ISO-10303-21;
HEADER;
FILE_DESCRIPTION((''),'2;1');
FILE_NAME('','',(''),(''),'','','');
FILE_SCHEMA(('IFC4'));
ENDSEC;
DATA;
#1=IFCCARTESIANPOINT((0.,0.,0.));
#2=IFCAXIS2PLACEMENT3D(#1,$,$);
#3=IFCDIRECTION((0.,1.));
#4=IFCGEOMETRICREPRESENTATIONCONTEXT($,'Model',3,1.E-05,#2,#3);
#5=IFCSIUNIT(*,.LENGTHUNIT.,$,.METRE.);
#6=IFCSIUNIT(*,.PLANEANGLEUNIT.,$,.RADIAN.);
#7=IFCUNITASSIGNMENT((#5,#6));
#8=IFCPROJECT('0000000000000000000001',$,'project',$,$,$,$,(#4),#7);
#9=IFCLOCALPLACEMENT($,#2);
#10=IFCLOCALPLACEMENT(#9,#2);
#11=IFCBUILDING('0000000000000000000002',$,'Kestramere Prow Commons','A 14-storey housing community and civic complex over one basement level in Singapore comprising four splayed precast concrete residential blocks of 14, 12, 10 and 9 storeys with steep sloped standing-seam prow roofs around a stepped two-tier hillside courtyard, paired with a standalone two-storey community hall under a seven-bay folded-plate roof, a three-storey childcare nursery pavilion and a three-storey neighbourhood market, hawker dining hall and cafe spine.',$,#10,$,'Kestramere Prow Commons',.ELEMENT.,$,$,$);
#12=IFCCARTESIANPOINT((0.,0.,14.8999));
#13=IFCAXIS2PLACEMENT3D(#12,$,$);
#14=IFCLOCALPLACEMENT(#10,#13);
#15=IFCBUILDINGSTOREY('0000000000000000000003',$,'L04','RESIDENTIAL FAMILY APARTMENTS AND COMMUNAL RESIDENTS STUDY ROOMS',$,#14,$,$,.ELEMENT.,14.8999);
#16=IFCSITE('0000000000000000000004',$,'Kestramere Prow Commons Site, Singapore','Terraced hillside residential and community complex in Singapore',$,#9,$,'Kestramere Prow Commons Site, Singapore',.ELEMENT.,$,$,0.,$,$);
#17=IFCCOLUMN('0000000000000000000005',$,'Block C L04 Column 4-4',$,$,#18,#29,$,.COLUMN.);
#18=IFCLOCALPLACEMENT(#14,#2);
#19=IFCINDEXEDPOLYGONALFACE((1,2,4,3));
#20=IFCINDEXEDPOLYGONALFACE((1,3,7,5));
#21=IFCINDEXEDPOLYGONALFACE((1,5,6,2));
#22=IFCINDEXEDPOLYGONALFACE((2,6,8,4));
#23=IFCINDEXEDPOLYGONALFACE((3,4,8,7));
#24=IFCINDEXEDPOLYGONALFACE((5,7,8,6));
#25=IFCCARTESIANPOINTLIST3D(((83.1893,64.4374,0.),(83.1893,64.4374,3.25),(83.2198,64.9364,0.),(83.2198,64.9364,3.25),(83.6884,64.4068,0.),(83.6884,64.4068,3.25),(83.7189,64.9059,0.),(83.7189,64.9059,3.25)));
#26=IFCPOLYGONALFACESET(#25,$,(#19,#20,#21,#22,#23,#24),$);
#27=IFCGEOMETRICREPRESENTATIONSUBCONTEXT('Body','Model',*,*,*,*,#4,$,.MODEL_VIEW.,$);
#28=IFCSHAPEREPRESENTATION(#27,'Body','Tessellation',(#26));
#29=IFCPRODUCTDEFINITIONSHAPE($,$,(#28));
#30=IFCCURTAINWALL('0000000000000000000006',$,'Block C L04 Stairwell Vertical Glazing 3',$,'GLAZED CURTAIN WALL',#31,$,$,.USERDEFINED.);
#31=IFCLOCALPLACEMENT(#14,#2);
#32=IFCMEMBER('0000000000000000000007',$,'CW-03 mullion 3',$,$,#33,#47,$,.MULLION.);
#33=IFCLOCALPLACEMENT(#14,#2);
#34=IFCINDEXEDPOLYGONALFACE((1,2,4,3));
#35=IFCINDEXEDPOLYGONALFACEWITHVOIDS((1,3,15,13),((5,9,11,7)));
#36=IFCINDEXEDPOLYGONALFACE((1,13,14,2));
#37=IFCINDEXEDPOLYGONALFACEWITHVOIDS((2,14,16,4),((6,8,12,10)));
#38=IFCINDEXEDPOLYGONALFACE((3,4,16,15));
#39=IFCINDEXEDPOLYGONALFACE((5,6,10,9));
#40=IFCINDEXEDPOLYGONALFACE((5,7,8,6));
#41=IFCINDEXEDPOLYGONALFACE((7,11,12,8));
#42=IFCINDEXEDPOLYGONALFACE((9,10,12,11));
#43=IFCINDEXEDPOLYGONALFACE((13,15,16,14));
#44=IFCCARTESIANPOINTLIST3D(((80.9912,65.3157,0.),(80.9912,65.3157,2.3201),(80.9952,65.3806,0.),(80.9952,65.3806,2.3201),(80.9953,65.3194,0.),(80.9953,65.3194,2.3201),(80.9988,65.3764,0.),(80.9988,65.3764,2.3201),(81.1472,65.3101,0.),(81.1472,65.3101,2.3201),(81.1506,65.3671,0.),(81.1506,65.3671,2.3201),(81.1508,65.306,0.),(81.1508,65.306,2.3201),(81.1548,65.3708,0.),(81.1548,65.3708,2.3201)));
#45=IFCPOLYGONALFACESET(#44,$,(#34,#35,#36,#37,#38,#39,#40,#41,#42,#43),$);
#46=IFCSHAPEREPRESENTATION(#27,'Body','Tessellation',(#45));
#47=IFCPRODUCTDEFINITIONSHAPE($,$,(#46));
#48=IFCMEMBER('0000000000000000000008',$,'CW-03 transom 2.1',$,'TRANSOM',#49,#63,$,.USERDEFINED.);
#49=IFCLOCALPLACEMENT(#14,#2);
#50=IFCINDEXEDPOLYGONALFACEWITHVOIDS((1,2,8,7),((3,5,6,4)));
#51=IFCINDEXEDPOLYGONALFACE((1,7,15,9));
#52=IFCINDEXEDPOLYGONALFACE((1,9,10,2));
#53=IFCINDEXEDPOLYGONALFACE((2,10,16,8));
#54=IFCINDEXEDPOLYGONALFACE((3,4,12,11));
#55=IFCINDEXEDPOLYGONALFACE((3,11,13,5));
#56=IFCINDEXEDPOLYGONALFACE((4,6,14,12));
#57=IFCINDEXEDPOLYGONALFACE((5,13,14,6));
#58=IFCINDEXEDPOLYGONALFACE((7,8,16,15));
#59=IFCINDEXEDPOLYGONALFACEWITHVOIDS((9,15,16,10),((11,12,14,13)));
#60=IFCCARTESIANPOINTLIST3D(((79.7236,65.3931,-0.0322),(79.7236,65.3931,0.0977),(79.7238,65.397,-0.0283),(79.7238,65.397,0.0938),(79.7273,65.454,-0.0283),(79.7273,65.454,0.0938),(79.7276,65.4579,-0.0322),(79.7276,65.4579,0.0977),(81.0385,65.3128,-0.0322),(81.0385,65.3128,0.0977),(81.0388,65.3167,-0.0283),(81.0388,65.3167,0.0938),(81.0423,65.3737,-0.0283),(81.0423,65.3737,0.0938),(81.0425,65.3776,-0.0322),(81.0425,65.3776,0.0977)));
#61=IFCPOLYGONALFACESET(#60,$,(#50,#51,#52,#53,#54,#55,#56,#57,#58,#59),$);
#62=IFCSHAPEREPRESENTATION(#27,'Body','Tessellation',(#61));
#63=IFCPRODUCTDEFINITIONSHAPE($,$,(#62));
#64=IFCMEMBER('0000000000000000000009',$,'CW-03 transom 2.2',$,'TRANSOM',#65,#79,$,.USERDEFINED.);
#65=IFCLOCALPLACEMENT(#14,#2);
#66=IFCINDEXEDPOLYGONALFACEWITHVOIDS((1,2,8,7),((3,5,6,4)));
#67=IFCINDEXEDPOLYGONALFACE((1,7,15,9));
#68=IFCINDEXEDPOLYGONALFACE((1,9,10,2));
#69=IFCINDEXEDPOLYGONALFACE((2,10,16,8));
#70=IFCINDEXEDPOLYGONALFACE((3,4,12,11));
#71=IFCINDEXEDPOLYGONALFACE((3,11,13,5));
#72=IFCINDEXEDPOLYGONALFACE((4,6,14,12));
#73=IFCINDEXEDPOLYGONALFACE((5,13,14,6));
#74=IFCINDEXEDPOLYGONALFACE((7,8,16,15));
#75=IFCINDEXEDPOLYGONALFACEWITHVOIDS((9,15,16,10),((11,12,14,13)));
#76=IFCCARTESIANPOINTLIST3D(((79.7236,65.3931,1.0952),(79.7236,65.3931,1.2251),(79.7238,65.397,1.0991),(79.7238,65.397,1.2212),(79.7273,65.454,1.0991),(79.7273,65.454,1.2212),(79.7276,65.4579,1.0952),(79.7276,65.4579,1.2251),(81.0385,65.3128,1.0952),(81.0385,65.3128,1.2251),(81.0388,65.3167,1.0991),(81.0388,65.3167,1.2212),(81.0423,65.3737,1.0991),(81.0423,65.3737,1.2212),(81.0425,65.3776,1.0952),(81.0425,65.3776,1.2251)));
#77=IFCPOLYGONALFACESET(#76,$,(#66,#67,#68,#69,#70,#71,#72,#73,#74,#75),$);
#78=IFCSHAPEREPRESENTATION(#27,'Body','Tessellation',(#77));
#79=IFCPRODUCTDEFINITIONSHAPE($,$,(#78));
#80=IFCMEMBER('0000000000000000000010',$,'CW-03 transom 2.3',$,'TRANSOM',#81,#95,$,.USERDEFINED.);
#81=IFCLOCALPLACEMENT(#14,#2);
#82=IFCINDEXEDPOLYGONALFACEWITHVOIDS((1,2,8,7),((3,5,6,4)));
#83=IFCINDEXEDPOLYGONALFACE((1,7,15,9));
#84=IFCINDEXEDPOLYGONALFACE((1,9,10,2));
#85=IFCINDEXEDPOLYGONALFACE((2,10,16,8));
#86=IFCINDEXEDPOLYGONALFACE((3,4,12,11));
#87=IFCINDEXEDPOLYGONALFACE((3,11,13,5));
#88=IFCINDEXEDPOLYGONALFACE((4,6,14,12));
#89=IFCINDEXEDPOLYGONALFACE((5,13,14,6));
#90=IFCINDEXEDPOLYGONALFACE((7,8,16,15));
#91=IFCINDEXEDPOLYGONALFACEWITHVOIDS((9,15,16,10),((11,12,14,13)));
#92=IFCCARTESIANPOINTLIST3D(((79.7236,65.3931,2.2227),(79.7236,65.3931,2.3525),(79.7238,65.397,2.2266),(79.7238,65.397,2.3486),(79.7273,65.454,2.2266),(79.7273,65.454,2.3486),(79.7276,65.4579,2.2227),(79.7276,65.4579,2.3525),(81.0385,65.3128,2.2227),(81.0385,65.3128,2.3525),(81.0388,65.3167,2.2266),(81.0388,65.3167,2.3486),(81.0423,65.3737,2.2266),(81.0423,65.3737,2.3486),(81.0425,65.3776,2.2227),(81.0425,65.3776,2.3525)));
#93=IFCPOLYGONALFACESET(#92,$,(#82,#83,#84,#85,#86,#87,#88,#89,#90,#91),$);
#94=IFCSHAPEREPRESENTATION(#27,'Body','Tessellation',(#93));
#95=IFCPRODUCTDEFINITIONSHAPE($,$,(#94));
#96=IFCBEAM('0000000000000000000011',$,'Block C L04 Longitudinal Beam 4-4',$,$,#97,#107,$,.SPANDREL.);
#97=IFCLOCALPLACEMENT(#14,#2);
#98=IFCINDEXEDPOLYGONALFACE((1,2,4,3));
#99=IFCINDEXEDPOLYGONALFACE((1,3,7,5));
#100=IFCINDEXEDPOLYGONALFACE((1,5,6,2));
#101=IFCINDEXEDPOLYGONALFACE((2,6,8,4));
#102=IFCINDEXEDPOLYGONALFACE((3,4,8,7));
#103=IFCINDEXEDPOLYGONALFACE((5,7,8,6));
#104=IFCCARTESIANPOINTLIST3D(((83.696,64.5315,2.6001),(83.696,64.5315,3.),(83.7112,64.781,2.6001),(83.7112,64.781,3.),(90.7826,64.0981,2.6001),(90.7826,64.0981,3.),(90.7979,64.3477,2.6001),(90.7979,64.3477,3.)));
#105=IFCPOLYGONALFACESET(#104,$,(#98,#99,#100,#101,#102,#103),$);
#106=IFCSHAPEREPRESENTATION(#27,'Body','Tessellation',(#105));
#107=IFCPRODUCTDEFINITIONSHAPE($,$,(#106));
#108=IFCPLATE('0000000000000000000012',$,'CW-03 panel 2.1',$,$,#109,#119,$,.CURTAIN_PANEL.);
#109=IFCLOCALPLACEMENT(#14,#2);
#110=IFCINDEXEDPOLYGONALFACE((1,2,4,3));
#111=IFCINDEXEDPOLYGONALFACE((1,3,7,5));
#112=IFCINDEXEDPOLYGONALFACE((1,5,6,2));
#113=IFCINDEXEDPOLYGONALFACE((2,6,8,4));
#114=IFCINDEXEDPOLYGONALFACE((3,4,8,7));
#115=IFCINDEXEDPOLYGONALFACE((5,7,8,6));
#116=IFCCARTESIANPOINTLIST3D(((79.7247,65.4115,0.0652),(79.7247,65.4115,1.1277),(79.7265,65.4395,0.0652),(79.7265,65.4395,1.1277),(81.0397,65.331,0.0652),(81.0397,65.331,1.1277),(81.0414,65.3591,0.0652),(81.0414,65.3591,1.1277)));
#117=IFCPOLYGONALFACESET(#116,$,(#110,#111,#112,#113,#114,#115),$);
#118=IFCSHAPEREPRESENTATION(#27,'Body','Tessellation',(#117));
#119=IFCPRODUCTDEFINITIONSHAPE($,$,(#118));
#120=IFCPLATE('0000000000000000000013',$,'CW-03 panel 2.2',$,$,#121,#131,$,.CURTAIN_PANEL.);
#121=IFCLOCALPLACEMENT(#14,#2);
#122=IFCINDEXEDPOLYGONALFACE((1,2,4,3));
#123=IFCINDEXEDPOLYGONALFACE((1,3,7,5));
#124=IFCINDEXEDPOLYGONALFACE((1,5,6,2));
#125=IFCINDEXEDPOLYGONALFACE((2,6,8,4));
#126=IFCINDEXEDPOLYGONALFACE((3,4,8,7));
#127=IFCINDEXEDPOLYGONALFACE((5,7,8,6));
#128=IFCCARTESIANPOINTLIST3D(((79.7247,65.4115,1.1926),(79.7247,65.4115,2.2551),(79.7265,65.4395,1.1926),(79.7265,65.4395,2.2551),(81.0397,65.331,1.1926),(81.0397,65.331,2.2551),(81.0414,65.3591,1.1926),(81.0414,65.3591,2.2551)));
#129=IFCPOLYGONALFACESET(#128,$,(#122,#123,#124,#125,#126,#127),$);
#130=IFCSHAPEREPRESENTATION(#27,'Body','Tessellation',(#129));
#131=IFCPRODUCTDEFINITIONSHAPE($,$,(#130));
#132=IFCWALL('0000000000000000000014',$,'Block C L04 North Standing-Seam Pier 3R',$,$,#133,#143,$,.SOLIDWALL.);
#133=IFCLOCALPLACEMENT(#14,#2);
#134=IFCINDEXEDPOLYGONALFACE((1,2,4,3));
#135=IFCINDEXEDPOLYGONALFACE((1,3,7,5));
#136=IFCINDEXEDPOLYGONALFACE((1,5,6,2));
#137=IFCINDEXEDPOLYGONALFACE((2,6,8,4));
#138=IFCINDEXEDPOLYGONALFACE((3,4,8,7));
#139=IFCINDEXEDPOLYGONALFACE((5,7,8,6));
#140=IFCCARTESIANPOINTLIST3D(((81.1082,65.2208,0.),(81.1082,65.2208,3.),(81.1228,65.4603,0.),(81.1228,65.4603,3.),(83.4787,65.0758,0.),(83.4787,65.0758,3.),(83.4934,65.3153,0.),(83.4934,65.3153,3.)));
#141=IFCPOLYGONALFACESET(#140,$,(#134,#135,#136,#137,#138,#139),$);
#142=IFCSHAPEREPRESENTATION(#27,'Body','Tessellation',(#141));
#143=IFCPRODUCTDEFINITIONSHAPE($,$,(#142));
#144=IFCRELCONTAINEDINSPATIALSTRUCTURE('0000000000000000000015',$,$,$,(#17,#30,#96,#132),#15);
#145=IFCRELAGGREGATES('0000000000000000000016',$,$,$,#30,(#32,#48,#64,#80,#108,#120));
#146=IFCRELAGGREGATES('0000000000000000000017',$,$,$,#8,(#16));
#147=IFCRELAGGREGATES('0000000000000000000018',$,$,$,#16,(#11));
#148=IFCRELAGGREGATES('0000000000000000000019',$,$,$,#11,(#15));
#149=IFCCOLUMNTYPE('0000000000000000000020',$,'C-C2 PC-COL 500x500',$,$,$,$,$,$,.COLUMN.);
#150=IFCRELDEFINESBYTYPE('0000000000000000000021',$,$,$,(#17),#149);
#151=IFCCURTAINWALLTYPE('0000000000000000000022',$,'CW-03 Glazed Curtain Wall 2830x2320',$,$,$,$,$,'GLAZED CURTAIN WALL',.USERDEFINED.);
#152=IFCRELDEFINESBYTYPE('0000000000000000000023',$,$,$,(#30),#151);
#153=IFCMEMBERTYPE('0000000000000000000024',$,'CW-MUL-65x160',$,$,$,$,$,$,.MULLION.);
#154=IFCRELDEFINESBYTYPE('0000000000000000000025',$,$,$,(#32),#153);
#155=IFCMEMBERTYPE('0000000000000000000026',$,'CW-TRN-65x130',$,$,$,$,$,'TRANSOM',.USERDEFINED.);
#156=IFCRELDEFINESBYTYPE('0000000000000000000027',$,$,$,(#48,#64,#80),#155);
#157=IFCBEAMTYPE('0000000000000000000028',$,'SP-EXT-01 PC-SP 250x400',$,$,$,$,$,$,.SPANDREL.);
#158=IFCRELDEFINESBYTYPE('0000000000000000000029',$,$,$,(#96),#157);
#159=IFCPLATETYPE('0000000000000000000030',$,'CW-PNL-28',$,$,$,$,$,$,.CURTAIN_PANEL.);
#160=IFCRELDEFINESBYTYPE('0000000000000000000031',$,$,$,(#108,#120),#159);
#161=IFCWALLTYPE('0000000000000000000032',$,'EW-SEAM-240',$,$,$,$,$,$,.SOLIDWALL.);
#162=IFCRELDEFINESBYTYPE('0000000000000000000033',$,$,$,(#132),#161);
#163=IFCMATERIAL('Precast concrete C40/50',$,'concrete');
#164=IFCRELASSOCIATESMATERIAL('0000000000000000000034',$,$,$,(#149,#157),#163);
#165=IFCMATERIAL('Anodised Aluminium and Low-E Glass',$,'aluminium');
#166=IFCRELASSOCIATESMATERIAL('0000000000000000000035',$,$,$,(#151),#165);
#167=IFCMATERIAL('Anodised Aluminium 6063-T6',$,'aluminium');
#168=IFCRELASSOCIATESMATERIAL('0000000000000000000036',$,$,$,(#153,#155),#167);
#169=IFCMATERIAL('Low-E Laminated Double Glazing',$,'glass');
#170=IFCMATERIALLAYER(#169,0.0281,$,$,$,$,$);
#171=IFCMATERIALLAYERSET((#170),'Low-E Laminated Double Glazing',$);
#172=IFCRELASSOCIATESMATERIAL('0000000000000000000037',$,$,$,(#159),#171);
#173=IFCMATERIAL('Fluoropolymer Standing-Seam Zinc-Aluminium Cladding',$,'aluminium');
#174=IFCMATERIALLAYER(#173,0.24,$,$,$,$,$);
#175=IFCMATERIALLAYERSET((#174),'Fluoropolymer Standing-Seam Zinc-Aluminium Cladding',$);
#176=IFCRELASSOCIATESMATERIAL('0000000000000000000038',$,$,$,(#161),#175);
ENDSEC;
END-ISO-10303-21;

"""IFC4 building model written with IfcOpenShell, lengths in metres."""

from ifc_helpers import new_model, si_unit, direction, frame, frame_2d, origin, origin_2d, place, context, subcontext, project, spatial, rectangle, hollow_rectangle, extrude, material, layer, layer_set, material_profile, profile_set, type_object, element, aggregate, save


model = new_model("IFC4")

# Units and contexts
model_context = context("Model", 3, precision=1e-05, world=origin(), true_north=direction((0.0, 1.0)))
body_context = subcontext(model_context, "Body", "Model", "MODEL_VIEW")
ifc_project = project(units=[si_unit("LENGTHUNIT", "METRE"), si_unit("PLANEANGLEUNIT", "RADIAN")], contexts=[model_context])

# Site, building, storey
site_placement = place(None, origin())
site = spatial("IfcSite", under=ifc_project, at=site_placement, Name="Kestramere Prow Commons Site, Singapore", Description="Terraced hillside residential and community complex in Singapore", LongName="Kestramere Prow Commons Site, Singapore", CompositionType="ELEMENT", RefElevation=0.0)
building_placement = place(site_placement, origin())
building = spatial("IfcBuilding", under=site, at=building_placement, Name="Kestramere Prow Commons", Description="A 14-storey housing community and civic complex over one basement level in Singapore comprising four splayed precast concrete residential blocks of 14, 12, 10 and 9 storeys with steep sloped standing-seam prow roofs around a stepped two-tier hillside courtyard, paired with a standalone two-storey community hall under a seven-bay folded-plate roof, a three-storey childcare nursery pavilion and a three-storey neighbourhood market, hawker dining hall and cafe spine.", LongName="Kestramere Prow Commons", CompositionType="ELEMENT")
storey_placement = place(building_placement, frame((0.0, 0.0, 14.8999)))
storey = spatial("IfcBuildingStorey", under=building, at=storey_placement, Name="L04", Description="RESIDENTIAL FAMILY APARTMENTS AND COMMUNAL RESIDENTS STUDY ROOMS", CompositionType="ELEMENT", Elevation=14.8999)

# Column
ifc_material_1 = material(Name="Precast concrete C40/50", Category="concrete")
ifc_material_profile_1 = material_profile(ifc_material_1, rectangle(XDim=0.5, YDim=0.5, at=origin_2d()), Name="PC-COL 500x500")
ifc_profile_set_1 = profile_set([ifc_material_profile_1], Name="Precast concrete C40/50")
column_type = type_object("IfcColumnType", Name="C-C2 PC-COL 500x500", PredefinedType="COLUMN", material=ifc_profile_set_1)
column_placement = place(storey_placement, frame((83.4541, 64.6716, 0.0), z_axis=(0.0, 0.0, 1.0), x_axis=(0.998135, -0.061049, 0.0)))
element("IfcColumn", 1, at=column_placement, inside=storey, type_object=column_type, Name="Block C L04 Column 4-4", PredefinedType="COLUMN", context=body_context, shape_type="SweptSolid", body=[
    extrude(rectangle(XDim=0.5, YDim=0.5, at=origin_2d()), origin(), (0.0, 0.0, 1.0), 3.25),
])

# Curtain wall, members
ifc_material_2 = material(Name="Anodised Aluminium and Low-E Glass", Category="aluminium")
curtain_wall_type = type_object("IfcCurtainWallType", Name="CW-03 Glazed Curtain Wall 2830x2320", ElementType="GLAZED CURTAIN WALL", PredefinedType="USERDEFINED", material=ifc_material_2)
curtain_wall_placement = place(storey_placement, origin())
curtain_wall = element("IfcCurtainWall", 2, at=curtain_wall_placement, inside=storey, type_object=curtain_wall_type, Name="Block C L04 Stairwell Vertical Glazing 3", ObjectType="GLAZED CURTAIN WALL", PredefinedType="USERDEFINED")
ifc_material_3 = material(Name="Anodised Aluminium 6063-T6", Category="aluminium")
ifc_material_profile_2 = material_profile(ifc_material_3, hollow_rectangle(XDim=0.0649, YDim=0.1599, WallThickness=0.0039, at=origin_2d()), Name="ALU-MUL 65x160")
ifc_profile_set_2 = profile_set([ifc_material_profile_2], Name="Anodised Aluminium 6063-T6")
member_type_1 = type_object("IfcMemberType", Name="CW-MUL-65x160", PredefinedType="MULLION", material=ifc_profile_set_2)
member_1_placement = place(storey_placement, frame((81.073, 65.3433, 0.0), z_axis=(0.0, 0.0, 1.0), x_axis=(0.061048, 0.998135, 0.0)))
member_1 = element("IfcMember", 3, at=member_1_placement, type_object=member_type_1, Name="CW-03 mullion 3", PredefinedType="MULLION", context=body_context, shape_type="SweptSolid", body=[
    extrude(hollow_rectangle(XDim=0.0649, YDim=0.1599, WallThickness=0.0039, at=origin_2d()), origin(), (0.0, 0.0, 1.0), 2.3201),
])
ifc_material_profile_3 = material_profile(ifc_material_3, hollow_rectangle(XDim=0.0649, YDim=0.1299, WallThickness=0.0039, at=origin_2d()), Name="ALU-TRN 65x130")
ifc_profile_set_3 = profile_set([ifc_material_profile_3], Name="Anodised Aluminium 6063-T6")
member_type_2 = type_object("IfcMemberType", Name="CW-TRN-65x130", ElementType="TRANSOM", PredefinedType="USERDEFINED", material=ifc_profile_set_3)
member_2_placement = place(storey_placement, frame((79.7256, 65.4255, 0.0327), z_axis=(0.99814, -0.060971, 0.0), x_axis=(0.060971, 0.99814, 0.0)))
member_2 = element("IfcMember", 4, at=member_2_placement, type_object=member_type_2, Name="CW-03 transom 2.1", ObjectType="TRANSOM", PredefinedType="USERDEFINED", context=body_context, shape_type="SweptSolid", body=[
    extrude(hollow_rectangle(XDim=0.0649, YDim=0.1299, WallThickness=0.0039, at=origin_2d()), origin(), (0.0, 0.0, 1.0), 1.3174),
])
member_3_placement = place(storey_placement, frame((79.7256, 65.4255, 1.1602), z_axis=(0.99814, -0.060971, 0.0), x_axis=(0.060971, 0.99814, 0.0)))
member_3 = element("IfcMember", 5, at=member_3_placement, type_object=member_type_2, Name="CW-03 transom 2.2", ObjectType="TRANSOM", PredefinedType="USERDEFINED", context=body_context, shape_type="SweptSolid", body=[
    extrude(hollow_rectangle(XDim=0.0649, YDim=0.1299, WallThickness=0.0039, at=origin_2d()), origin(), (0.0, 0.0, 1.0), 1.3174),
])
member_4_placement = place(storey_placement, frame((79.7256, 65.4255, 2.2876), z_axis=(0.99814, -0.060971, 0.0), x_axis=(0.060971, 0.99814, 0.0)))
member_4 = element("IfcMember", 6, at=member_4_placement, type_object=member_type_2, Name="CW-03 transom 2.3", ObjectType="TRANSOM", PredefinedType="USERDEFINED", context=body_context, shape_type="SweptSolid", body=[
    extrude(hollow_rectangle(XDim=0.0649, YDim=0.1299, WallThickness=0.0039, at=origin_2d()), origin(), (0.0, 0.0, 1.0), 1.3174),
])

# Beam
ifc_material_profile_4 = material_profile(ifc_material_1, rectangle(XDim=0.25, YDim=0.3999, at=origin_2d()), Name="PC-SP 250x400")
ifc_profile_set_4 = profile_set([ifc_material_profile_4], Name="Precast concrete C40/50")
beam_type = type_object("IfcBeamType", Name="SP-EXT-01 PC-SP 250x400", PredefinedType="SPANDREL", material=ifc_profile_set_4)
beam_placement = place(storey_placement, frame((83.7036, 64.6562, 2.8), z_axis=(0.998136, -0.061036, 0.0), x_axis=(0.061036, 0.998136, 0.0)))
element("IfcBeam", 7, at=beam_placement, inside=storey, type_object=beam_type, Name="Block C L04 Longitudinal Beam 4-4", PredefinedType="SPANDREL", context=body_context, shape_type="SweptSolid", body=[
    extrude(rectangle(XDim=0.25, YDim=0.3999, at=origin_2d()), origin(), (0.0, 0.0, 1.0), 7.0999),
])

# Plates
ifc_material_4 = material(Name="Low-E Laminated Double Glazing", Category="glass")
ifc_layer_1 = layer(ifc_material_4, 0.0281)
ifc_layer_set_1 = layer_set([ifc_layer_1], Name="Low-E Laminated Double Glazing")
plate_type = type_object("IfcPlateType", Name="CW-PNL-28", PredefinedType="CURTAIN_PANEL", material=ifc_layer_set_1)
plate_1_placement = place(storey_placement, frame((80.3831, 65.3853, 0.0652), z_axis=(0.0, 0.0, 1.0), x_axis=(0.998135, -0.061048, 0.0)))
plate_1 = element("IfcPlate", 8, at=plate_1_placement, type_object=plate_type, Name="CW-03 panel 2.1", PredefinedType="CURTAIN_PANEL", context=body_context, shape_type="SweptSolid", body=[
    extrude(rectangle(XDim=1.3174, YDim=0.0281, at=origin_2d()), origin(), (0.0, 0.0, 1.0), 1.0625),
])
plate_2_placement = place(storey_placement, frame((80.3831, 65.3853, 1.1926), z_axis=(0.0, 0.0, 1.0), x_axis=(0.998135, -0.061048, 0.0)))
plate_2 = element("IfcPlate", 9, at=plate_2_placement, type_object=plate_type, Name="CW-03 panel 2.2", PredefinedType="CURTAIN_PANEL", context=body_context, shape_type="SweptSolid", body=[
    extrude(rectangle(XDim=1.3174, YDim=0.0281, at=origin_2d()), origin(), (0.0, 0.0, 1.0), 1.0625),
])
aggregate(curtain_wall, [member_1, member_2, member_3, member_4, plate_1, plate_2])

# Wall
ifc_material_5 = material(Name="Fluoropolymer Standing-Seam Zinc-Aluminium Cladding", Category="aluminium")
ifc_layer_2 = layer(ifc_material_5, 0.24)
ifc_layer_set_2 = layer_set([ifc_layer_2], Name="Fluoropolymer Standing-Seam Zinc-Aluminium Cladding")
wall_type_1 = type_object("IfcWallType", Name="EW-SEAM-240", PredefinedType="SOLIDWALL", material=ifc_layer_set_2)
wall_1_placement = place(storey_placement, frame((81.1155, 65.3406, 0.0), z_axis=(0.0, 0.0, 1.0), x_axis=(0.998134, -0.06106, 0.0)))
element("IfcWall", 10, at=wall_1_placement, inside=storey, type_object=wall_type_1, Name="Block C L04 North Standing-Seam Pier 3R", PredefinedType="SOLIDWALL", context=body_context, shape_type="SweptSolid", body=[
    extrude(rectangle(XDim=2.375, YDim=0.24, at=frame_2d((1.1875, 0.0))), origin(), (0.0, 0.0, 1.0), 3.0),
])

save(model, "model.ifc")
